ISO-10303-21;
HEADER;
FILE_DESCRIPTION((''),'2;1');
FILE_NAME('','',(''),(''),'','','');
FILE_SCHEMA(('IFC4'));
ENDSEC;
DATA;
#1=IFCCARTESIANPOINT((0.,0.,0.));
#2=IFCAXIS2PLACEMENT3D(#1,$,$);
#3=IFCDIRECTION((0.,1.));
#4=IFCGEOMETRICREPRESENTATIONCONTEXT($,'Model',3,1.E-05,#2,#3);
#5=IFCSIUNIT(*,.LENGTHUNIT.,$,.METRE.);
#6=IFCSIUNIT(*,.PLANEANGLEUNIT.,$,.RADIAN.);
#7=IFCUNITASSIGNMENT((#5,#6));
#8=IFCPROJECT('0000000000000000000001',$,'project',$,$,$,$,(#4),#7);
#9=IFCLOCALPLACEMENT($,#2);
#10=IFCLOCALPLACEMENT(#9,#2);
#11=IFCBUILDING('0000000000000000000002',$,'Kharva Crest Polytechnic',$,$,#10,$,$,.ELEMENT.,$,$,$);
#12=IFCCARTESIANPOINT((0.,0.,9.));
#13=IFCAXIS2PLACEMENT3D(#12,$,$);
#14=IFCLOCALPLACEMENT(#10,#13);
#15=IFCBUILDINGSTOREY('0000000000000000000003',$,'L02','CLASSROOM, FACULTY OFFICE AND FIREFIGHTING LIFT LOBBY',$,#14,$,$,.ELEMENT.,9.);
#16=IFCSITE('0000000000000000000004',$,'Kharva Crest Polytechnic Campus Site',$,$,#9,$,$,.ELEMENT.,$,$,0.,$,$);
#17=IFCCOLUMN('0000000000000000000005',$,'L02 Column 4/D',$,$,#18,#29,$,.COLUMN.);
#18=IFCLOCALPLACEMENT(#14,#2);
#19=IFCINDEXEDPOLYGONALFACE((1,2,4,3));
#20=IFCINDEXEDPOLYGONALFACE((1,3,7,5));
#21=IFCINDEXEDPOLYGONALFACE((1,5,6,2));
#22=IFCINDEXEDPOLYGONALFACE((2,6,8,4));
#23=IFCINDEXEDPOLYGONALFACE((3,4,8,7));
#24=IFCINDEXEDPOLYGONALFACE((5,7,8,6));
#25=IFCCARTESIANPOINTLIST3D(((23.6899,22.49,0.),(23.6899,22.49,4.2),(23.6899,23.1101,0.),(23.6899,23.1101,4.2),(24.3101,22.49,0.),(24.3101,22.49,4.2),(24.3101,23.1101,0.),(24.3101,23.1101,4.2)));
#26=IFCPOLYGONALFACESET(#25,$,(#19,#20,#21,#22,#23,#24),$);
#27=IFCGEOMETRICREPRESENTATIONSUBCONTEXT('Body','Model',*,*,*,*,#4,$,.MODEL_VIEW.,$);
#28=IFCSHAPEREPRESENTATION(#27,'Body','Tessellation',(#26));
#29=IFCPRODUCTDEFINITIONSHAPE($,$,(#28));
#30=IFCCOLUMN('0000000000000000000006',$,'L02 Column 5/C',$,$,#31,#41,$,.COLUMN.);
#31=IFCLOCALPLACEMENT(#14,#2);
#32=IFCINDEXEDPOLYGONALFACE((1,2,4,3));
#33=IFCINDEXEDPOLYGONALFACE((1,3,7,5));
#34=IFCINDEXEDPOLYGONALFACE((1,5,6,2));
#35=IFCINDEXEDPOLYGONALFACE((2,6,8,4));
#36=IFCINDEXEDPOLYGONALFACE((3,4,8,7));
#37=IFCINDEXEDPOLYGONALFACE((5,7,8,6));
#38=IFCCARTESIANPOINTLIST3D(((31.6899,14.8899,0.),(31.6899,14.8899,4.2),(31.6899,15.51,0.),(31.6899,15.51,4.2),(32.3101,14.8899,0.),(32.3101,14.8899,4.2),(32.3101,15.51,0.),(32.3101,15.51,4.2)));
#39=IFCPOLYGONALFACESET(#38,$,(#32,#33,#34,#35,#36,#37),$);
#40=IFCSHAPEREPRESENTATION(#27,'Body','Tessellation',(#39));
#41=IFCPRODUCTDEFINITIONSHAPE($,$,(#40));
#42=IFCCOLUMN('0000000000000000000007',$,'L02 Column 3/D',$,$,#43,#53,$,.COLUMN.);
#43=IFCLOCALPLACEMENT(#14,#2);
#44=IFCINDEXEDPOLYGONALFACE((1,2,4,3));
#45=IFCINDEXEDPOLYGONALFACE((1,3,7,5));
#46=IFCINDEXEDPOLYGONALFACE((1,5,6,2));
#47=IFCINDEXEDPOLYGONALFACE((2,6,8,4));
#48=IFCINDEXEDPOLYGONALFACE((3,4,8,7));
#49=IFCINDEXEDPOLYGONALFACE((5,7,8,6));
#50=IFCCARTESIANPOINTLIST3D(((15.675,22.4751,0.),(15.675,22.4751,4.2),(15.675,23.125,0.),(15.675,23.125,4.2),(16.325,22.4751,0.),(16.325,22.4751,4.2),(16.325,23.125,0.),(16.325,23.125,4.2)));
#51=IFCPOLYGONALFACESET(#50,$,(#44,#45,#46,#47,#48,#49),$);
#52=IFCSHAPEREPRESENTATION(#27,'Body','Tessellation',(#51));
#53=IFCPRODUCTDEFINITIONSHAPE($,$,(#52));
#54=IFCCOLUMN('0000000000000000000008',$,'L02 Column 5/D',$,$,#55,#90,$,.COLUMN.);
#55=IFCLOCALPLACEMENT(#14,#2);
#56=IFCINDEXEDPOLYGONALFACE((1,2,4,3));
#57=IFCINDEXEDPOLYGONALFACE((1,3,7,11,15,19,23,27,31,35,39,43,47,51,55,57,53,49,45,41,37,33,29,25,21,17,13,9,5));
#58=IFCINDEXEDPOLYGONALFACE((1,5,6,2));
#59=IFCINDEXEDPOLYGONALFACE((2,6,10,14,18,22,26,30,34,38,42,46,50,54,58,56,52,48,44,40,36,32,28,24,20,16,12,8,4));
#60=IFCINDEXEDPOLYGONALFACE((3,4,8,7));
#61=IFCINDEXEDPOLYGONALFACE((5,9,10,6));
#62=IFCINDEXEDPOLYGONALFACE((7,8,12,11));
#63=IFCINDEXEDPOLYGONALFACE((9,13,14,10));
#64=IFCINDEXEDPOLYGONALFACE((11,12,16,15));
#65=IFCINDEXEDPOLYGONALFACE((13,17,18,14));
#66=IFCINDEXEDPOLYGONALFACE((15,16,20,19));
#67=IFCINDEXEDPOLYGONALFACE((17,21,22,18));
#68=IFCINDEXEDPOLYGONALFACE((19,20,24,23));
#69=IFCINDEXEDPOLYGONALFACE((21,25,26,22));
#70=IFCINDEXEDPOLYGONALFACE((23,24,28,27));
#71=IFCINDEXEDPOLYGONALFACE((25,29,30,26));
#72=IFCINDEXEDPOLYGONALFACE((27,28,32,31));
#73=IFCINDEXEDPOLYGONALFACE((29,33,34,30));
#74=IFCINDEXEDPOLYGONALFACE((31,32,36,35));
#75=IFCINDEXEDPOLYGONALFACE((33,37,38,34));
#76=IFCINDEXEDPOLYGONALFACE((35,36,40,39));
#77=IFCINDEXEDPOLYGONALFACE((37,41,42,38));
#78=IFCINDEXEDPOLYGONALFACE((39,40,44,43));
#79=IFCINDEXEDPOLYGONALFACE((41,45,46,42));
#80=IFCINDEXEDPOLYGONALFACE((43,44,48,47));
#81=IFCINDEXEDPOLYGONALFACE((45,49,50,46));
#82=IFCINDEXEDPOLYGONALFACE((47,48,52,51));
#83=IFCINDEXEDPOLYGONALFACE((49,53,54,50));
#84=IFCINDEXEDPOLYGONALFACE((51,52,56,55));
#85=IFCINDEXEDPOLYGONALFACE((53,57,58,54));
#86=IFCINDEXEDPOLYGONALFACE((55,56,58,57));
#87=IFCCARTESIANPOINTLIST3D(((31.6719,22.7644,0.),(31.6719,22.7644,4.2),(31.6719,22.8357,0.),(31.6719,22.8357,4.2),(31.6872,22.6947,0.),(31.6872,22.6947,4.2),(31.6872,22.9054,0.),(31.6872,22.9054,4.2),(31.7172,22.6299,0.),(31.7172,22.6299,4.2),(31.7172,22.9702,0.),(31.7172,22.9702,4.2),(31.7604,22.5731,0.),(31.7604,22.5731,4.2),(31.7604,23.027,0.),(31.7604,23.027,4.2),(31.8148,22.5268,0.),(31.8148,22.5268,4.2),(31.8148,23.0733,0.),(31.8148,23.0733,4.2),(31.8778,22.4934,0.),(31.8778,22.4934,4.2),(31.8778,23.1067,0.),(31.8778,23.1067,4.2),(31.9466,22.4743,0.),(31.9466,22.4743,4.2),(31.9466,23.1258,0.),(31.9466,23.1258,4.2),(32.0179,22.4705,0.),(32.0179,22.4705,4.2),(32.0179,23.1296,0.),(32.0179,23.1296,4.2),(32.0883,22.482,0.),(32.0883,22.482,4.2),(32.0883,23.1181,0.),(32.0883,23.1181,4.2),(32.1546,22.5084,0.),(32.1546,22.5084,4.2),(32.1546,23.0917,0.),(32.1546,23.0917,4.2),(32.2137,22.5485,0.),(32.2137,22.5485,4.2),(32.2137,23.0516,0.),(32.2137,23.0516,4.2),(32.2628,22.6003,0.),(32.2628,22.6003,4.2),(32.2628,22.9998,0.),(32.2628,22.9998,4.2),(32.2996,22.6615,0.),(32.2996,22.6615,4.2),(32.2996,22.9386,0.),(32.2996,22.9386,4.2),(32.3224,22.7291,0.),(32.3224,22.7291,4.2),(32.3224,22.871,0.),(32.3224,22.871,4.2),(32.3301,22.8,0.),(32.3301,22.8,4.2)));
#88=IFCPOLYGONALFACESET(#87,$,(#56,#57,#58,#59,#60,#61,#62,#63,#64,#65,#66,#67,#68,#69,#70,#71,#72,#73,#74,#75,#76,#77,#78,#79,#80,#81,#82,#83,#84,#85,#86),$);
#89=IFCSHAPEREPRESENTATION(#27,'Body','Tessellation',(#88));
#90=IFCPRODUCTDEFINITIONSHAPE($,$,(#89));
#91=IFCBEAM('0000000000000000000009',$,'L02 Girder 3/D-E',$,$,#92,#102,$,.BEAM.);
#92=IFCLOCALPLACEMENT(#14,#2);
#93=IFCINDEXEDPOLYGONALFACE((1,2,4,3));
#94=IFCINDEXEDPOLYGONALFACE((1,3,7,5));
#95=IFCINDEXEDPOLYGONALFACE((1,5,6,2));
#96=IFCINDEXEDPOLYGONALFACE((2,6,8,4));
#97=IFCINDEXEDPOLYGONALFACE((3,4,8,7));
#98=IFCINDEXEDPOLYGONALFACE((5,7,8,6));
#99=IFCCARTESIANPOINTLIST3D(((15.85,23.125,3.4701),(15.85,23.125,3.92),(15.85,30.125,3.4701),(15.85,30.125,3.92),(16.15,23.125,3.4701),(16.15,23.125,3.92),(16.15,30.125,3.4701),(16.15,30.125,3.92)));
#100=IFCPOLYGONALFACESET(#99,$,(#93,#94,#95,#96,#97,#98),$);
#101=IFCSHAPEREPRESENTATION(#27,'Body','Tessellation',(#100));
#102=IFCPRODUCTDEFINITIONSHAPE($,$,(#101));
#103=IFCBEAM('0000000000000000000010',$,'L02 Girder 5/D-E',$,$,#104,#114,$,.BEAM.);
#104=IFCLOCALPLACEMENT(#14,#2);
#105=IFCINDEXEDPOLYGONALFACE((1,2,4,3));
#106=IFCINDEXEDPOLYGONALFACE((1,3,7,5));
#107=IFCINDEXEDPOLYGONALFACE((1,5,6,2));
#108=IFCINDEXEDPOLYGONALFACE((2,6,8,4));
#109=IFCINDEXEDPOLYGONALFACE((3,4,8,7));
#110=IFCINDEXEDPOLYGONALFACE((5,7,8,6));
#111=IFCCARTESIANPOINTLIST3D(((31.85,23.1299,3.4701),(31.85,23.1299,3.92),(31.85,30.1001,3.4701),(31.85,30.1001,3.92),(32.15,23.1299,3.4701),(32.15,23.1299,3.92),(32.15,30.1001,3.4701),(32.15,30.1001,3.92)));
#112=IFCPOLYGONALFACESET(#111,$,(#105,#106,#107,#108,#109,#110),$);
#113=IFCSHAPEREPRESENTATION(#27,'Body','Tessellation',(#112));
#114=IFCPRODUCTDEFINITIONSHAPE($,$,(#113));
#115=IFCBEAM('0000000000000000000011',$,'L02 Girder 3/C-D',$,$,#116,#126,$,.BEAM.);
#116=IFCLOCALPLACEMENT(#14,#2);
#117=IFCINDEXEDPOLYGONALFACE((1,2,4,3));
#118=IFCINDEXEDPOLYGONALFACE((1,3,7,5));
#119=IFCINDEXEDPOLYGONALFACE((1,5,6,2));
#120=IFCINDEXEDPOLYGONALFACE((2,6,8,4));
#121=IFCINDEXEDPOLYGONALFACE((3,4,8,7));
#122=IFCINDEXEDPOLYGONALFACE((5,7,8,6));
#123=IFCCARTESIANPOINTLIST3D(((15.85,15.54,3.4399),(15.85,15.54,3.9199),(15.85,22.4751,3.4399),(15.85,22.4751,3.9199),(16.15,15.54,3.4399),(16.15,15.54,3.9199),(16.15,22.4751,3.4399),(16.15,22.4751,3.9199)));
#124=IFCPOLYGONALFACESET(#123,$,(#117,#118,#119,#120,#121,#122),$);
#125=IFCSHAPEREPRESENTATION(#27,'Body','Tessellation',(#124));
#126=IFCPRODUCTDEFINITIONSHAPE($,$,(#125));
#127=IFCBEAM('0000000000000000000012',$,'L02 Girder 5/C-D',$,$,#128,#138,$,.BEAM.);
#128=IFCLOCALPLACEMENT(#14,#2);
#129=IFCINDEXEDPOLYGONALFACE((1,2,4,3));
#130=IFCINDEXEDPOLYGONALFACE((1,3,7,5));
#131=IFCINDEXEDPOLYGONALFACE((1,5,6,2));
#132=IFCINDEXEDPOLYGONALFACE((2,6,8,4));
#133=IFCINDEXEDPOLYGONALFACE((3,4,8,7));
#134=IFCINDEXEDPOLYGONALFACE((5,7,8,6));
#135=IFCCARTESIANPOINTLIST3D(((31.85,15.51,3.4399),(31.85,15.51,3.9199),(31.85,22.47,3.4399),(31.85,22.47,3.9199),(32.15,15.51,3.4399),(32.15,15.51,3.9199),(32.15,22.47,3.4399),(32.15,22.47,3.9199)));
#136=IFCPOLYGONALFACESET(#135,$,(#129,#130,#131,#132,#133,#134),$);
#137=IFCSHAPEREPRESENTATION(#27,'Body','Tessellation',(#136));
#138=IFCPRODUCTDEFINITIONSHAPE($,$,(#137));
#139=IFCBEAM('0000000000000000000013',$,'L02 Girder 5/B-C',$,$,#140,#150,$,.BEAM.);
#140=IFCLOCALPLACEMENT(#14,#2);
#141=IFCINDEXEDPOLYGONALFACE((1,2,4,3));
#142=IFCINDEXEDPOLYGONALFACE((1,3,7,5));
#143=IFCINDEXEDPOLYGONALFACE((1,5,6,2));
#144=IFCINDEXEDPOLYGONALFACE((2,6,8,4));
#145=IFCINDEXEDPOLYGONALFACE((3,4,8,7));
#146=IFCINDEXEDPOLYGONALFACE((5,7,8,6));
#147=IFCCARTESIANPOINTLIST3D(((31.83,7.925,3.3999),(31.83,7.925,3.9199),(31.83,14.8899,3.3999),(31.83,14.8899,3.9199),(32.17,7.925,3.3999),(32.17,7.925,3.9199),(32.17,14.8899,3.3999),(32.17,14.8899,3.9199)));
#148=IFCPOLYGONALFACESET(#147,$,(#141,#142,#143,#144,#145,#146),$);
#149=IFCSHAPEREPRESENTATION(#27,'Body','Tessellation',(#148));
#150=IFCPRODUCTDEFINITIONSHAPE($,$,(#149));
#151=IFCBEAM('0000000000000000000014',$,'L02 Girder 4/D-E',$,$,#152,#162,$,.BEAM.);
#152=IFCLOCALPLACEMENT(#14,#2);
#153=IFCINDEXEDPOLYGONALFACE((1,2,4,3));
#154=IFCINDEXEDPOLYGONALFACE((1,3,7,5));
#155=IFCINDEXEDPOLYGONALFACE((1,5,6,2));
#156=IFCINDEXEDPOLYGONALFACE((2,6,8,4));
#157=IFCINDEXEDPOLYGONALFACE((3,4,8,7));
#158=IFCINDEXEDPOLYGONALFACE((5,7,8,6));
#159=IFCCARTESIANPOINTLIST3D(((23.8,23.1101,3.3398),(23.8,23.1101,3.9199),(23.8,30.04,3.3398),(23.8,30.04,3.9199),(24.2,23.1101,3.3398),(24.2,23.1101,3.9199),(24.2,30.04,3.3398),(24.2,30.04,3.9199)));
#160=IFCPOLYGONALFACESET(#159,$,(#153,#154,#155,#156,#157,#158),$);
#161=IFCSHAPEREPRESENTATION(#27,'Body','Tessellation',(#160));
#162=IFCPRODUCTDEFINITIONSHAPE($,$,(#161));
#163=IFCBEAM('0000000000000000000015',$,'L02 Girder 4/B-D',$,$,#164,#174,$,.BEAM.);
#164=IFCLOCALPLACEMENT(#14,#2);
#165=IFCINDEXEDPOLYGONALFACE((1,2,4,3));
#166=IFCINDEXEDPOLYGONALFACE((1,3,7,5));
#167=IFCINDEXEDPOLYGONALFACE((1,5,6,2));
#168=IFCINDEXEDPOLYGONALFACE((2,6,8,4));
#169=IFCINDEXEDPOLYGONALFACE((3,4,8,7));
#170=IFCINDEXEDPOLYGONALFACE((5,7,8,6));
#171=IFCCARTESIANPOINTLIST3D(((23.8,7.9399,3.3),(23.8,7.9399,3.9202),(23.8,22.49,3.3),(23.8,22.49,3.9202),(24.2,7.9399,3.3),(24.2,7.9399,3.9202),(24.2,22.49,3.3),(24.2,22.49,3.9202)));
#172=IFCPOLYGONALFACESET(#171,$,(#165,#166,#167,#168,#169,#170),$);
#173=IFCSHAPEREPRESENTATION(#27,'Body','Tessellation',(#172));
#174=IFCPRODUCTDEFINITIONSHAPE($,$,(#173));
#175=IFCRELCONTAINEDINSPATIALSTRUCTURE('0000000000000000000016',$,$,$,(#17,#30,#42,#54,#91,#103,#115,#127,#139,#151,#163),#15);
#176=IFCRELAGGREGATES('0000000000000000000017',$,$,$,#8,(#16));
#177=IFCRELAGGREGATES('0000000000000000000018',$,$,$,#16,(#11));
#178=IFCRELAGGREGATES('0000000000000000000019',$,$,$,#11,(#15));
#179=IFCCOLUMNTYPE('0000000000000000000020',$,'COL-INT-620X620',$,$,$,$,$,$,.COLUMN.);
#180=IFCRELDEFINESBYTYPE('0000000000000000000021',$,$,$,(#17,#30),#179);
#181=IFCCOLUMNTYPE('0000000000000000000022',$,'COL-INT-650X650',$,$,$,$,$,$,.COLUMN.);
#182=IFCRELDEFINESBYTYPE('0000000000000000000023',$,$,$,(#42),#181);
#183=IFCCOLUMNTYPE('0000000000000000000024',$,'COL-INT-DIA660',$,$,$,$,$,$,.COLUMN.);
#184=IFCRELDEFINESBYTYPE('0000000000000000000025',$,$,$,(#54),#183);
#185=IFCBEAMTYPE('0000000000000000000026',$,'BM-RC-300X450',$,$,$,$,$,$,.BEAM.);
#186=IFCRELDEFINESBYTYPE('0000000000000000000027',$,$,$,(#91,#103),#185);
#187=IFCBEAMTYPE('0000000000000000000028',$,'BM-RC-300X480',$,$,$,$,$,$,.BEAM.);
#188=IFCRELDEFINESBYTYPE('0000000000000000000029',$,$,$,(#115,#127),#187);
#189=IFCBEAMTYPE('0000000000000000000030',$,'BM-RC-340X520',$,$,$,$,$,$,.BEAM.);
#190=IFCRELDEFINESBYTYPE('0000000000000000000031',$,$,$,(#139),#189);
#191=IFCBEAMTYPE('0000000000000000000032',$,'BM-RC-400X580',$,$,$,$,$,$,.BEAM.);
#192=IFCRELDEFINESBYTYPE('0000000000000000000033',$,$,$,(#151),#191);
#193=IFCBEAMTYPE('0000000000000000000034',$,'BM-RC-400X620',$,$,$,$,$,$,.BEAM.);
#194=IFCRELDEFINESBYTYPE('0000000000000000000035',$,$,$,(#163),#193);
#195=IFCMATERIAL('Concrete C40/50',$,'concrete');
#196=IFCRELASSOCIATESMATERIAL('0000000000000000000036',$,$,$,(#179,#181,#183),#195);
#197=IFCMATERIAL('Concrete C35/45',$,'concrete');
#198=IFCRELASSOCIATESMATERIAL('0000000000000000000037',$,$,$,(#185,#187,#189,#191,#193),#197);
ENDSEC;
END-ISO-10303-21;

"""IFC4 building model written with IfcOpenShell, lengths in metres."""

from ifc_helpers import new_model, si_unit, direction, frame, origin, origin_2d, place, context, subcontext, project, spatial, rectangle, circle, extrude, material, material_profile, profile_set, type_object, element, save


model = new_model("IFC4")

# Units and contexts
model_context = context("Model", 3, precision=1e-05, world=origin(), true_north=direction((0.0, 1.0)))
body_context = subcontext(model_context, "Body", "Model", "MODEL_VIEW")
ifc_project = project(units=[si_unit("LENGTHUNIT", "METRE"), si_unit("PLANEANGLEUNIT", "RADIAN")], contexts=[model_context])

# Site, building, storey
site_placement = place(None, origin())
site = spatial("IfcSite", under=ifc_project, at=site_placement, Name="Kharva Crest Polytechnic Campus Site", CompositionType="ELEMENT", RefElevation=0.0)
building_placement = place(site_placement, origin())
building = spatial("IfcBuilding", under=site, at=building_placement, Name="Kharva Crest Polytechnic", CompositionType="ELEMENT")
storey_placement = place(building_placement, frame((0.0, 0.0, 9.0)))
storey = spatial("IfcBuildingStorey", under=building, at=storey_placement, Name="L02", Description="CLASSROOM, FACULTY OFFICE AND FIREFIGHTING LIFT LOBBY", CompositionType="ELEMENT", Elevation=9.0)

# Columns
ifc_material_1 = material(Name="Concrete C40/50", Category="concrete")
ifc_material_profile_1 = material_profile(ifc_material_1, rectangle(XDim=0.6201, YDim=0.6201, at=origin_2d()), Name="RECT 620 X 620")
ifc_profile_set_1 = profile_set([ifc_material_profile_1], Name="Concrete C40/50")
column_type_1 = type_object("IfcColumnType", Name="COL-INT-620X620", PredefinedType="COLUMN", material=ifc_profile_set_1)
for number, where, z_axis, x_axis, name in (
    (1, (24.0, 22.8, 0.0), (0.0, 0.0, 1.0), (1.0, 0.0, 0.0), "L02 Column 4/D"),
    (2, (32.0, 15.2, 0.0), (0.0, 0.0, 1.0), (1.0, 0.0, 0.0), "L02 Column 5/C"),
):
    element("IfcColumn", number, at=place(storey_placement, frame(where, z_axis=z_axis, x_axis=x_axis)), inside=storey, type_object=column_type_1, Name=name, PredefinedType="COLUMN", context=body_context, shape_type="SweptSolid", body=[
        extrude(rectangle(XDim=0.6201, YDim=0.6201, at=origin_2d()), origin(), (0.0, 0.0, 1.0), 4.2),
    ])
ifc_material_profile_2 = material_profile(ifc_material_1, rectangle(XDim=0.6499, YDim=0.6499, at=origin_2d()), Name="RECT 650 X 650")
ifc_profile_set_2 = profile_set([ifc_material_profile_2], Name="Concrete C40/50")
column_type_2 = type_object("IfcColumnType", Name="COL-INT-650X650", PredefinedType="COLUMN", material=ifc_profile_set_2)
column_1_placement = place(storey_placement, frame((16.0, 22.8, 0.0), z_axis=(0.0, 0.0, 1.0), x_axis=(1.0, 0.0, 0.0)))
element("IfcColumn", 3, at=column_1_placement, inside=storey, type_object=column_type_2, Name="L02 Column 3/D", PredefinedType="COLUMN", context=body_context, shape_type="SweptSolid", body=[
    extrude(rectangle(XDim=0.6499, YDim=0.6499, at=origin_2d()), origin(), (0.0, 0.0, 1.0), 4.2),
])
ifc_material_profile_3 = material_profile(ifc_material_1, circle(Radius=0.3301, at=origin_2d()), Name="DIA 660")
ifc_profile_set_3 = profile_set([ifc_material_profile_3], Name="Concrete C40/50")
column_type_3 = type_object("IfcColumnType", Name="COL-INT-DIA660", PredefinedType="COLUMN", material=ifc_profile_set_3)
column_2_placement = place(storey_placement, frame((32.0, 22.8, 0.0), z_axis=(0.0, 0.0, 1.0), x_axis=(1.0, 0.0, 0.0)))
element("IfcColumn", 4, at=column_2_placement, inside=storey, type_object=column_type_3, Name="L02 Column 5/D", PredefinedType="COLUMN", context=body_context, shape_type="SweptSolid", body=[
    extrude(circle(Radius=0.3301, at=origin_2d()), origin(), (0.0, 0.0, 1.0), 4.2),
])

# Beams
ifc_material_2 = material(Name="Concrete C35/45", Category="concrete")
ifc_material_profile_4 = material_profile(ifc_material_2, rectangle(XDim=0.3, YDim=0.45, at=origin_2d()), Name="RECT 300 X 450")
ifc_profile_set_4 = profile_set([ifc_material_profile_4], Name="Concrete C35/45")
beam_type_1 = type_object("IfcBeamType", Name="BM-RC-300X450", PredefinedType="BEAM", material=ifc_profile_set_4)
beam_1_placement = place(storey_placement, frame((16.0, 23.125, 3.6951), z_axis=(0.0, 1.0, 0.0), x_axis=(-1.0, 0.0, 0.0)))
element("IfcBeam", 5, at=beam_1_placement, inside=storey, type_object=beam_type_1, Name="L02 Girder 3/D-E", PredefinedType="BEAM", context=body_context, shape_type="SweptSolid", body=[
    extrude(rectangle(XDim=0.3, YDim=0.45, at=origin_2d()), origin(), (0.0, 0.0, 1.0), 7.0),
])
beam_2_placement = place(storey_placement, frame((32.0, 23.1299, 3.6951), z_axis=(0.0, 1.0, 0.0), x_axis=(-1.0, 0.0, 0.0)))
element("IfcBeam", 6, at=beam_2_placement, inside=storey, type_object=beam_type_1, Name="L02 Girder 5/D-E", PredefinedType="BEAM", context=body_context, shape_type="SweptSolid", body=[
    extrude(rectangle(XDim=0.3, YDim=0.45, at=origin_2d()), origin(), (0.0, 0.0, 1.0), 6.9702),
])
ifc_material_profile_5 = material_profile(ifc_material_2, rectangle(XDim=0.3, YDim=0.48, at=origin_2d()), Name="RECT 300 X 480")
ifc_profile_set_5 = profile_set([ifc_material_profile_5], Name="Concrete C35/45")
beam_type_2 = type_object("IfcBeamType", Name="BM-RC-300X480", PredefinedType="BEAM", material=ifc_profile_set_5)
beam_3_placement = place(storey_placement, frame((16.0, 15.54, 3.6799), z_axis=(0.0, 1.0, 0.0), x_axis=(-1.0, 0.0, 0.0)))
element("IfcBeam", 7, at=beam_3_placement, inside=storey, type_object=beam_type_2, Name="L02 Girder 3/C-D", PredefinedType="BEAM", context=body_context, shape_type="SweptSolid", body=[
    extrude(rectangle(XDim=0.3, YDim=0.48, at=origin_2d()), origin(), (0.0, 0.0, 1.0), 6.9351),
])
beam_4_placement = place(storey_placement, frame((32.0, 15.51, 3.6799), z_axis=(0.0, 1.0, 0.0), x_axis=(-1.0, 0.0, 0.0)))
element("IfcBeam", 8, at=beam_4_placement, inside=storey, type_object=beam_type_2, Name="L02 Girder 5/C-D", PredefinedType="BEAM", context=body_context, shape_type="SweptSolid", body=[
    extrude(rectangle(XDim=0.3, YDim=0.48, at=origin_2d()), origin(), (0.0, 0.0, 1.0), 6.96),
])
ifc_material_profile_6 = material_profile(ifc_material_2, rectangle(XDim=0.3401, YDim=0.52, at=origin_2d()), Name="RECT 340 X 520")
ifc_profile_set_6 = profile_set([ifc_material_profile_6], Name="Concrete C35/45")
beam_type_3 = type_object("IfcBeamType", Name="BM-RC-340X520", PredefinedType="BEAM", material=ifc_profile_set_6)
beam_5_placement = place(storey_placement, frame((32.0, 7.925, 3.6599), z_axis=(0.0, 1.0, 0.0), x_axis=(-1.0, 0.0, 0.0)))
element("IfcBeam", 9, at=beam_5_placement, inside=storey, type_object=beam_type_3, Name="L02 Girder 5/B-C", PredefinedType="BEAM", context=body_context, shape_type="SweptSolid", body=[
    extrude(rectangle(XDim=0.3401, YDim=0.52, at=origin_2d()), origin(), (0.0, 0.0, 1.0), 6.9648),
])
ifc_material_profile_7 = material_profile(ifc_material_2, rectangle(XDim=0.3999, YDim=0.5801, at=origin_2d()), Name="RECT 400 X 580")
ifc_profile_set_7 = profile_set([ifc_material_profile_7], Name="Concrete C35/45")
beam_type_4 = type_object("IfcBeamType", Name="BM-RC-400X580", PredefinedType="BEAM", material=ifc_profile_set_7)
beam_6_placement = place(storey_placement, frame((24.0, 23.1101, 3.6299), z_axis=(0.0, 1.0, 0.0), x_axis=(-1.0, 0.0, 0.0)))
element("IfcBeam", 10, at=beam_6_placement, inside=storey, type_object=beam_type_4, Name="L02 Girder 4/D-E", PredefinedType="BEAM", context=body_context, shape_type="SweptSolid", body=[
    extrude(rectangle(XDim=0.3999, YDim=0.5801, at=origin_2d()), origin(), (0.0, 0.0, 1.0), 6.9299),
])
ifc_material_profile_8 = material_profile(ifc_material_2, rectangle(XDim=0.3999, YDim=0.6201, at=origin_2d()), Name="RECT 400 X 620")
ifc_profile_set_8 = profile_set([ifc_material_profile_8], Name="Concrete C35/45")
beam_type_5 = type_object("IfcBeamType", Name="BM-RC-400X620", PredefinedType="BEAM", material=ifc_profile_set_8)
beam_7_placement = place(storey_placement, frame((24.0, 7.9399, 3.6101), z_axis=(0.0, 1.0, 0.0), x_axis=(-1.0, 0.0, 0.0)))
element("IfcBeam", 11, at=beam_7_placement, inside=storey, type_object=beam_type_5, Name="L02 Girder 4/B-D", PredefinedType="BEAM", context=body_context, shape_type="SweptSolid", body=[
    extrude(rectangle(XDim=0.3999, YDim=0.6201, at=origin_2d()), origin(), (0.0, 0.0, 1.0), 14.55),
])

save(model, "model.ifc")
